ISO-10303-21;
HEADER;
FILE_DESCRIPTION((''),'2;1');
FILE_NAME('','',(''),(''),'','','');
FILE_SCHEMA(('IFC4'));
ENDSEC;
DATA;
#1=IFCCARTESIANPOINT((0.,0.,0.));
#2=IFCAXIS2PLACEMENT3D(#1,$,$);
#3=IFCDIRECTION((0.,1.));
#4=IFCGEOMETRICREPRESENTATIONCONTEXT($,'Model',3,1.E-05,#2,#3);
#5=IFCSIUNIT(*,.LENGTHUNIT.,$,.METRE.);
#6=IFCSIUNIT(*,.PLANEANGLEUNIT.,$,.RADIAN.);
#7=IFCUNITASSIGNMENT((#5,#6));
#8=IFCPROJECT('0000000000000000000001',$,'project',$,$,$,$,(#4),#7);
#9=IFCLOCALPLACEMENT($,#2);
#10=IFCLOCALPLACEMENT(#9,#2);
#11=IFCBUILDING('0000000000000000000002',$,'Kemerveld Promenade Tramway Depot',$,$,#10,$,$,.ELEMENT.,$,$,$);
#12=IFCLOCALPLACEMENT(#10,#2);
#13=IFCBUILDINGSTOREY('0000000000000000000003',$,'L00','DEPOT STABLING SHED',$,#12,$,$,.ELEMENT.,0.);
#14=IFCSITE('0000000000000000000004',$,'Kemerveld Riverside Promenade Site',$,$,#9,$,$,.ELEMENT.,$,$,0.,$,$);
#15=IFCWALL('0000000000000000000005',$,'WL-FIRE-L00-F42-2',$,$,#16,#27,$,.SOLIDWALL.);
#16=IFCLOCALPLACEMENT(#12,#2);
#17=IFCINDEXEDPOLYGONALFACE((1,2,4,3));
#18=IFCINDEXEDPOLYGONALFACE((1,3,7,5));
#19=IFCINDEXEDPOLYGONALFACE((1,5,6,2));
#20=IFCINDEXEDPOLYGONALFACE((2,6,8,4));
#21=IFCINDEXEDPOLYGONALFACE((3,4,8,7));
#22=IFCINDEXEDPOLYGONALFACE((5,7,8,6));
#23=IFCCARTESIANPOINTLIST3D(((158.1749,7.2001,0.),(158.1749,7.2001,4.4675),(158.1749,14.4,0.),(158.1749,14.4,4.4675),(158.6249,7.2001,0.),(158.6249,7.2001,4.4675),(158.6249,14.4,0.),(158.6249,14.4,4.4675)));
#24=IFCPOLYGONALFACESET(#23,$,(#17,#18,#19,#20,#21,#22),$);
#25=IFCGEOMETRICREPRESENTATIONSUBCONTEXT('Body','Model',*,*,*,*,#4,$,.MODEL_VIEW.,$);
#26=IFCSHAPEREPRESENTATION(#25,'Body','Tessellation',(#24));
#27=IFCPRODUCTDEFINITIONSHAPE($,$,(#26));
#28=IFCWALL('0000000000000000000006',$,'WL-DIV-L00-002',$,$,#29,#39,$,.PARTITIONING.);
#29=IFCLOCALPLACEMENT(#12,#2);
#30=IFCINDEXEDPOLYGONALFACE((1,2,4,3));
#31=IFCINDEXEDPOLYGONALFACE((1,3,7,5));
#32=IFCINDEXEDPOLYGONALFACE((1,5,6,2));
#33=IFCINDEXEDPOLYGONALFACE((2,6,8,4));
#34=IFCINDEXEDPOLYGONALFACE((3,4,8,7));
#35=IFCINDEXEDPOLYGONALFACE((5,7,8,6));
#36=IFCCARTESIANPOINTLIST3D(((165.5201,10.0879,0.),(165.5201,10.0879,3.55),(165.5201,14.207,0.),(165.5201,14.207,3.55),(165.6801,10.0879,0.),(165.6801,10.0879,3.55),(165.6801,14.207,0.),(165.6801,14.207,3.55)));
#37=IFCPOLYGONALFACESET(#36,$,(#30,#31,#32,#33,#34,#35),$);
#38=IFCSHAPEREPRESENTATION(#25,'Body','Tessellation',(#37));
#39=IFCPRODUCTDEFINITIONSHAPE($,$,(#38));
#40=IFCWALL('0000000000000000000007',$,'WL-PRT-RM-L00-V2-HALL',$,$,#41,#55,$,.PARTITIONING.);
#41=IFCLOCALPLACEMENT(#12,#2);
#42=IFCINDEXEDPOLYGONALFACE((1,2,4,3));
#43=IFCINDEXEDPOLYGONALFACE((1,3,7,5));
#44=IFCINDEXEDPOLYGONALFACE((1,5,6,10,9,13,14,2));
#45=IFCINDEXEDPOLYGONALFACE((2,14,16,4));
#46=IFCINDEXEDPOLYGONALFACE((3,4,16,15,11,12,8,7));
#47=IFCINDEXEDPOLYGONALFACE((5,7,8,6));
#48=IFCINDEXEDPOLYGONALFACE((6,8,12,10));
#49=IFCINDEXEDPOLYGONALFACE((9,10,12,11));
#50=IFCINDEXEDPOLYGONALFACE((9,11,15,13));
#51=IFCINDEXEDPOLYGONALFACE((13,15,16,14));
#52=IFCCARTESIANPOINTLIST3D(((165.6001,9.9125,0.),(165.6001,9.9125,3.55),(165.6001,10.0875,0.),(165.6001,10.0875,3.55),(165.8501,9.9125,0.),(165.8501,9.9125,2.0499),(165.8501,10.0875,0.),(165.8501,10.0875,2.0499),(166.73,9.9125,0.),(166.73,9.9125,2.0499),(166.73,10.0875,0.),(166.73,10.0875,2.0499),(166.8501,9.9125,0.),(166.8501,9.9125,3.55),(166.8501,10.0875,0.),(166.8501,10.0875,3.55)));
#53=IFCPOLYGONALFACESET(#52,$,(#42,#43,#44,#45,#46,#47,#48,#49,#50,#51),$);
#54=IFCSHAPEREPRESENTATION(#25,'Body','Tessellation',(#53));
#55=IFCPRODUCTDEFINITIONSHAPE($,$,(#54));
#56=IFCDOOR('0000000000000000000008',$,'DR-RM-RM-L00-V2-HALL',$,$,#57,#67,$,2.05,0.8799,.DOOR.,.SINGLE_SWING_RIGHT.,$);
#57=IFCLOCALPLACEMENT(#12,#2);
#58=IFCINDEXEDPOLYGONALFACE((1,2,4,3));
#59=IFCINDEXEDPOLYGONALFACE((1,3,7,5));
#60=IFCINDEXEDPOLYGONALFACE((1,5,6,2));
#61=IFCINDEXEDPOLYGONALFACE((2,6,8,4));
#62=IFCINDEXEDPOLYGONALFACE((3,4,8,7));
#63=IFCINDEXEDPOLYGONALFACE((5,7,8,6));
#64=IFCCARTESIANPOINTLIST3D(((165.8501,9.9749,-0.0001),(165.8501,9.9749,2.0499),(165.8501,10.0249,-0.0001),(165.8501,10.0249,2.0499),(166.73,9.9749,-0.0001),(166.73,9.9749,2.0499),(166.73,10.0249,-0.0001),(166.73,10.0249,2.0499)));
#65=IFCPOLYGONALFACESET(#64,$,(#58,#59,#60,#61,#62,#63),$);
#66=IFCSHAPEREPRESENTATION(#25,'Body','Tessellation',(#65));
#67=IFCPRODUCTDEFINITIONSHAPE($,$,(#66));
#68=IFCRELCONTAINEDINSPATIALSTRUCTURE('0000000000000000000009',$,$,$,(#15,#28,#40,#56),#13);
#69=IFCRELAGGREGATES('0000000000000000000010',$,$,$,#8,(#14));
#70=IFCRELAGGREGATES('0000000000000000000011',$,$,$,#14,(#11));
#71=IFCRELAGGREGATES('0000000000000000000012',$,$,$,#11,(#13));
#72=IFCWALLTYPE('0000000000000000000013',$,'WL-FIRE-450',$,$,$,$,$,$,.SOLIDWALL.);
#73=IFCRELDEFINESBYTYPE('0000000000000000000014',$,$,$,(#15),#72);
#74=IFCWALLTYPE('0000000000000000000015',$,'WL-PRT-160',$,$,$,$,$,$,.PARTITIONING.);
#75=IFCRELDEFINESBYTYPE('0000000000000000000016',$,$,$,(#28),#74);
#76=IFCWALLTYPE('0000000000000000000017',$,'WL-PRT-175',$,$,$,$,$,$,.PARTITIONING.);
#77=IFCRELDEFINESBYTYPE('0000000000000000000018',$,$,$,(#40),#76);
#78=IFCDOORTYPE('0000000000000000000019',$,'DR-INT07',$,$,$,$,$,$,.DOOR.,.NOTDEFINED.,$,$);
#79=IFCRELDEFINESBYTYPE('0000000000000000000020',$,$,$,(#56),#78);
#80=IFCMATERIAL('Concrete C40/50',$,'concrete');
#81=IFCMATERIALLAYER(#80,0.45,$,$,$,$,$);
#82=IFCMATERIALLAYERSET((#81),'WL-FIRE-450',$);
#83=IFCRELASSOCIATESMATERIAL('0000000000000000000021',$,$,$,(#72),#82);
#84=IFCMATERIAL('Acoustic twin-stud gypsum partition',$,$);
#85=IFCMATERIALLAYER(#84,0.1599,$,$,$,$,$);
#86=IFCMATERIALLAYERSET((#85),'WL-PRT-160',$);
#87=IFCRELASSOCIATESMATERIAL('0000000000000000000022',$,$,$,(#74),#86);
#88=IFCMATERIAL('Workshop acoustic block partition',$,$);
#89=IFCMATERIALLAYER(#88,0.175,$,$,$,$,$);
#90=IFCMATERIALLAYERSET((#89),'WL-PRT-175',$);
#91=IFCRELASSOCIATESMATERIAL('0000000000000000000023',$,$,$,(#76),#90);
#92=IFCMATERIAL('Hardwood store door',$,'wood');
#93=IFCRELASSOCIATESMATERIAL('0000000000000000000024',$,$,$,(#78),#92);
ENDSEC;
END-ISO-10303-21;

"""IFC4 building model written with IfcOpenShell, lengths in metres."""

from ifc_helpers import new_model, si_unit, direction, frame, frame_2d, origin, place, context, subcontext, project, spatial, rectangle, extrude, material, layer, layer_set, type_object, element, fill, save


model = new_model("IFC4")

# Units and contexts
model_context = context("Model", 3, precision=1e-05, world=origin(), true_north=direction((0.0, 1.0)))
body_context = subcontext(model_context, "Body", "Model", "MODEL_VIEW")
ifc_project = project(units=[si_unit("LENGTHUNIT", "METRE"), si_unit("PLANEANGLEUNIT", "RADIAN")], contexts=[model_context])

# Site, building, storey
site_placement = place(None, origin())
site = spatial("IfcSite", under=ifc_project, at=site_placement, Name="Kemerveld Riverside Promenade Site", CompositionType="ELEMENT", RefElevation=0.0)
building_placement = place(site_placement, origin())
building = spatial("IfcBuilding", under=site, at=building_placement, Name="Kemerveld Promenade Tramway Depot", CompositionType="ELEMENT")
storey_placement = place(building_placement, origin())
storey = spatial("IfcBuildingStorey", under=building, at=storey_placement, Name="L00", Description="DEPOT STABLING SHED", CompositionType="ELEMENT", Elevation=0.0)

# Shared definitions
ifc_material_1 = material(Name="Concrete C40/50", Category="concrete")

# Walls
ifc_layer_1 = layer(ifc_material_1, 0.45)
ifc_layer_set_1 = layer_set([ifc_layer_1], Name="WL-FIRE-450")
wall_type_1 = type_object("IfcWallType", Name="WL-FIRE-450", PredefinedType="SOLIDWALL", material=ifc_layer_set_1)
wall_1_placement = place(storey_placement, frame((158.3999, 7.2, 0.0), z_axis=(0.0, 0.0, 1.0), x_axis=(0.0, 1.0, 0.0)))
element("IfcWall", 1, at=wall_1_placement, inside=storey, type_object=wall_type_1, Name="WL-FIRE-L00-F42-2", PredefinedType="SOLIDWALL", context=body_context, shape_type="SweptSolid", body=[
    extrude(rectangle(XDim=7.2, YDim=0.45, at=frame_2d((3.6001, 0.0))), origin(), (0.0, 0.0, 1.0), 4.4675),
])
ifc_material_2 = material(Name="Acoustic twin-stud gypsum partition")
ifc_layer_2 = layer(ifc_material_2, 0.1599)
ifc_layer_set_2 = layer_set([ifc_layer_2], Name="WL-PRT-160")
wall_type_2 = type_object("IfcWallType", Name="WL-PRT-160", PredefinedType="PARTITIONING", material=ifc_layer_set_2)
wall_2_placement = place(storey_placement, frame((165.6001, 10.0879, 0.0), z_axis=(0.0, 0.0, 1.0), x_axis=(0.0, 1.0, 0.0)))
element("IfcWall", 2, at=wall_2_placement, inside=storey, type_object=wall_type_2, Name="WL-DIV-L00-002", PredefinedType="PARTITIONING", context=body_context, shape_type="SweptSolid", body=[
    extrude(rectangle(XDim=4.1191, YDim=0.1599, at=frame_2d((2.0596, 0.0))), origin(), (0.0, 0.0, 1.0), 3.55),
])

# Wall, opening, door
ifc_material_3 = material(Name="Workshop acoustic block partition")
ifc_layer_3 = layer(ifc_material_3, 0.175)
ifc_layer_set_3 = layer_set([ifc_layer_3], Name="WL-PRT-175")
wall_type_3 = type_object("IfcWallType", Name="WL-PRT-175", PredefinedType="PARTITIONING", material=ifc_layer_set_3)
wall_3_placement = place(storey_placement, frame((165.6001, 10.0, 0.0), z_axis=(0.0, 0.0, 1.0), x_axis=(1.0, 0.0, 0.0)))
wall_3 = element("IfcWall", 3, at=wall_3_placement, inside=storey, type_object=wall_type_3, Name="WL-PRT-RM-L00-V2-HALL", PredefinedType="PARTITIONING", context=body_context, shape_type="SweptSolid", body=[
    extrude(rectangle(XDim=1.25, YDim=0.175, at=frame_2d((0.625, 0.0))), origin(), (0.0, 0.0, 1.0), 3.55),
])
opening_1_placement = place(wall_3_placement, frame((0.25, 0.0, 0.0)))
opening_1 = element("IfcOpeningElement", 4, at=opening_1_placement, cuts=wall_3, PredefinedType="OPENING", context=body_context, shape_type="SweptSolid", body=[
    extrude(rectangle(XDim=0.8799, YDim=2.05, at=frame_2d((0.4399, 1.0249))), frame((0.0, 0.0974, 0.0), z_axis=(0.0, -1.0, 0.0), x_axis=(1.0, 0.0, 0.0)), (0.0, 0.0, 1.0), 0.1951),
])
ifc_material_4 = material(Name="Hardwood store door", Category="wood")
door_type_1 = type_object("IfcDoorType", Name="DR-INT07", OperationType="NOTDEFINED", PredefinedType="DOOR", material=ifc_material_4)
door_1_placement = place(opening_1_placement, origin())
door_1 = element("IfcDoor", 5, at=door_1_placement, inside=storey, type_object=door_type_1, Name="DR-RM-RM-L00-V2-HALL", OperationType="SINGLE_SWING_RIGHT", OverallHeight=2.05, OverallWidth=0.8799, PredefinedType="DOOR", context=body_context, shape_type="SweptSolid", body=[
    extrude(rectangle(XDim=0.8799, YDim=2.05, at=frame_2d((0.4399, 1.0249))), frame((0.0, 0.0249, 0.0), z_axis=(0.0, -1.0, 0.0), x_axis=(1.0, 0.0, 0.0)), (0.0, 0.0, 1.0), 0.05),
])
fill(opening_1, door_1)

save(model, "model.ifc")
